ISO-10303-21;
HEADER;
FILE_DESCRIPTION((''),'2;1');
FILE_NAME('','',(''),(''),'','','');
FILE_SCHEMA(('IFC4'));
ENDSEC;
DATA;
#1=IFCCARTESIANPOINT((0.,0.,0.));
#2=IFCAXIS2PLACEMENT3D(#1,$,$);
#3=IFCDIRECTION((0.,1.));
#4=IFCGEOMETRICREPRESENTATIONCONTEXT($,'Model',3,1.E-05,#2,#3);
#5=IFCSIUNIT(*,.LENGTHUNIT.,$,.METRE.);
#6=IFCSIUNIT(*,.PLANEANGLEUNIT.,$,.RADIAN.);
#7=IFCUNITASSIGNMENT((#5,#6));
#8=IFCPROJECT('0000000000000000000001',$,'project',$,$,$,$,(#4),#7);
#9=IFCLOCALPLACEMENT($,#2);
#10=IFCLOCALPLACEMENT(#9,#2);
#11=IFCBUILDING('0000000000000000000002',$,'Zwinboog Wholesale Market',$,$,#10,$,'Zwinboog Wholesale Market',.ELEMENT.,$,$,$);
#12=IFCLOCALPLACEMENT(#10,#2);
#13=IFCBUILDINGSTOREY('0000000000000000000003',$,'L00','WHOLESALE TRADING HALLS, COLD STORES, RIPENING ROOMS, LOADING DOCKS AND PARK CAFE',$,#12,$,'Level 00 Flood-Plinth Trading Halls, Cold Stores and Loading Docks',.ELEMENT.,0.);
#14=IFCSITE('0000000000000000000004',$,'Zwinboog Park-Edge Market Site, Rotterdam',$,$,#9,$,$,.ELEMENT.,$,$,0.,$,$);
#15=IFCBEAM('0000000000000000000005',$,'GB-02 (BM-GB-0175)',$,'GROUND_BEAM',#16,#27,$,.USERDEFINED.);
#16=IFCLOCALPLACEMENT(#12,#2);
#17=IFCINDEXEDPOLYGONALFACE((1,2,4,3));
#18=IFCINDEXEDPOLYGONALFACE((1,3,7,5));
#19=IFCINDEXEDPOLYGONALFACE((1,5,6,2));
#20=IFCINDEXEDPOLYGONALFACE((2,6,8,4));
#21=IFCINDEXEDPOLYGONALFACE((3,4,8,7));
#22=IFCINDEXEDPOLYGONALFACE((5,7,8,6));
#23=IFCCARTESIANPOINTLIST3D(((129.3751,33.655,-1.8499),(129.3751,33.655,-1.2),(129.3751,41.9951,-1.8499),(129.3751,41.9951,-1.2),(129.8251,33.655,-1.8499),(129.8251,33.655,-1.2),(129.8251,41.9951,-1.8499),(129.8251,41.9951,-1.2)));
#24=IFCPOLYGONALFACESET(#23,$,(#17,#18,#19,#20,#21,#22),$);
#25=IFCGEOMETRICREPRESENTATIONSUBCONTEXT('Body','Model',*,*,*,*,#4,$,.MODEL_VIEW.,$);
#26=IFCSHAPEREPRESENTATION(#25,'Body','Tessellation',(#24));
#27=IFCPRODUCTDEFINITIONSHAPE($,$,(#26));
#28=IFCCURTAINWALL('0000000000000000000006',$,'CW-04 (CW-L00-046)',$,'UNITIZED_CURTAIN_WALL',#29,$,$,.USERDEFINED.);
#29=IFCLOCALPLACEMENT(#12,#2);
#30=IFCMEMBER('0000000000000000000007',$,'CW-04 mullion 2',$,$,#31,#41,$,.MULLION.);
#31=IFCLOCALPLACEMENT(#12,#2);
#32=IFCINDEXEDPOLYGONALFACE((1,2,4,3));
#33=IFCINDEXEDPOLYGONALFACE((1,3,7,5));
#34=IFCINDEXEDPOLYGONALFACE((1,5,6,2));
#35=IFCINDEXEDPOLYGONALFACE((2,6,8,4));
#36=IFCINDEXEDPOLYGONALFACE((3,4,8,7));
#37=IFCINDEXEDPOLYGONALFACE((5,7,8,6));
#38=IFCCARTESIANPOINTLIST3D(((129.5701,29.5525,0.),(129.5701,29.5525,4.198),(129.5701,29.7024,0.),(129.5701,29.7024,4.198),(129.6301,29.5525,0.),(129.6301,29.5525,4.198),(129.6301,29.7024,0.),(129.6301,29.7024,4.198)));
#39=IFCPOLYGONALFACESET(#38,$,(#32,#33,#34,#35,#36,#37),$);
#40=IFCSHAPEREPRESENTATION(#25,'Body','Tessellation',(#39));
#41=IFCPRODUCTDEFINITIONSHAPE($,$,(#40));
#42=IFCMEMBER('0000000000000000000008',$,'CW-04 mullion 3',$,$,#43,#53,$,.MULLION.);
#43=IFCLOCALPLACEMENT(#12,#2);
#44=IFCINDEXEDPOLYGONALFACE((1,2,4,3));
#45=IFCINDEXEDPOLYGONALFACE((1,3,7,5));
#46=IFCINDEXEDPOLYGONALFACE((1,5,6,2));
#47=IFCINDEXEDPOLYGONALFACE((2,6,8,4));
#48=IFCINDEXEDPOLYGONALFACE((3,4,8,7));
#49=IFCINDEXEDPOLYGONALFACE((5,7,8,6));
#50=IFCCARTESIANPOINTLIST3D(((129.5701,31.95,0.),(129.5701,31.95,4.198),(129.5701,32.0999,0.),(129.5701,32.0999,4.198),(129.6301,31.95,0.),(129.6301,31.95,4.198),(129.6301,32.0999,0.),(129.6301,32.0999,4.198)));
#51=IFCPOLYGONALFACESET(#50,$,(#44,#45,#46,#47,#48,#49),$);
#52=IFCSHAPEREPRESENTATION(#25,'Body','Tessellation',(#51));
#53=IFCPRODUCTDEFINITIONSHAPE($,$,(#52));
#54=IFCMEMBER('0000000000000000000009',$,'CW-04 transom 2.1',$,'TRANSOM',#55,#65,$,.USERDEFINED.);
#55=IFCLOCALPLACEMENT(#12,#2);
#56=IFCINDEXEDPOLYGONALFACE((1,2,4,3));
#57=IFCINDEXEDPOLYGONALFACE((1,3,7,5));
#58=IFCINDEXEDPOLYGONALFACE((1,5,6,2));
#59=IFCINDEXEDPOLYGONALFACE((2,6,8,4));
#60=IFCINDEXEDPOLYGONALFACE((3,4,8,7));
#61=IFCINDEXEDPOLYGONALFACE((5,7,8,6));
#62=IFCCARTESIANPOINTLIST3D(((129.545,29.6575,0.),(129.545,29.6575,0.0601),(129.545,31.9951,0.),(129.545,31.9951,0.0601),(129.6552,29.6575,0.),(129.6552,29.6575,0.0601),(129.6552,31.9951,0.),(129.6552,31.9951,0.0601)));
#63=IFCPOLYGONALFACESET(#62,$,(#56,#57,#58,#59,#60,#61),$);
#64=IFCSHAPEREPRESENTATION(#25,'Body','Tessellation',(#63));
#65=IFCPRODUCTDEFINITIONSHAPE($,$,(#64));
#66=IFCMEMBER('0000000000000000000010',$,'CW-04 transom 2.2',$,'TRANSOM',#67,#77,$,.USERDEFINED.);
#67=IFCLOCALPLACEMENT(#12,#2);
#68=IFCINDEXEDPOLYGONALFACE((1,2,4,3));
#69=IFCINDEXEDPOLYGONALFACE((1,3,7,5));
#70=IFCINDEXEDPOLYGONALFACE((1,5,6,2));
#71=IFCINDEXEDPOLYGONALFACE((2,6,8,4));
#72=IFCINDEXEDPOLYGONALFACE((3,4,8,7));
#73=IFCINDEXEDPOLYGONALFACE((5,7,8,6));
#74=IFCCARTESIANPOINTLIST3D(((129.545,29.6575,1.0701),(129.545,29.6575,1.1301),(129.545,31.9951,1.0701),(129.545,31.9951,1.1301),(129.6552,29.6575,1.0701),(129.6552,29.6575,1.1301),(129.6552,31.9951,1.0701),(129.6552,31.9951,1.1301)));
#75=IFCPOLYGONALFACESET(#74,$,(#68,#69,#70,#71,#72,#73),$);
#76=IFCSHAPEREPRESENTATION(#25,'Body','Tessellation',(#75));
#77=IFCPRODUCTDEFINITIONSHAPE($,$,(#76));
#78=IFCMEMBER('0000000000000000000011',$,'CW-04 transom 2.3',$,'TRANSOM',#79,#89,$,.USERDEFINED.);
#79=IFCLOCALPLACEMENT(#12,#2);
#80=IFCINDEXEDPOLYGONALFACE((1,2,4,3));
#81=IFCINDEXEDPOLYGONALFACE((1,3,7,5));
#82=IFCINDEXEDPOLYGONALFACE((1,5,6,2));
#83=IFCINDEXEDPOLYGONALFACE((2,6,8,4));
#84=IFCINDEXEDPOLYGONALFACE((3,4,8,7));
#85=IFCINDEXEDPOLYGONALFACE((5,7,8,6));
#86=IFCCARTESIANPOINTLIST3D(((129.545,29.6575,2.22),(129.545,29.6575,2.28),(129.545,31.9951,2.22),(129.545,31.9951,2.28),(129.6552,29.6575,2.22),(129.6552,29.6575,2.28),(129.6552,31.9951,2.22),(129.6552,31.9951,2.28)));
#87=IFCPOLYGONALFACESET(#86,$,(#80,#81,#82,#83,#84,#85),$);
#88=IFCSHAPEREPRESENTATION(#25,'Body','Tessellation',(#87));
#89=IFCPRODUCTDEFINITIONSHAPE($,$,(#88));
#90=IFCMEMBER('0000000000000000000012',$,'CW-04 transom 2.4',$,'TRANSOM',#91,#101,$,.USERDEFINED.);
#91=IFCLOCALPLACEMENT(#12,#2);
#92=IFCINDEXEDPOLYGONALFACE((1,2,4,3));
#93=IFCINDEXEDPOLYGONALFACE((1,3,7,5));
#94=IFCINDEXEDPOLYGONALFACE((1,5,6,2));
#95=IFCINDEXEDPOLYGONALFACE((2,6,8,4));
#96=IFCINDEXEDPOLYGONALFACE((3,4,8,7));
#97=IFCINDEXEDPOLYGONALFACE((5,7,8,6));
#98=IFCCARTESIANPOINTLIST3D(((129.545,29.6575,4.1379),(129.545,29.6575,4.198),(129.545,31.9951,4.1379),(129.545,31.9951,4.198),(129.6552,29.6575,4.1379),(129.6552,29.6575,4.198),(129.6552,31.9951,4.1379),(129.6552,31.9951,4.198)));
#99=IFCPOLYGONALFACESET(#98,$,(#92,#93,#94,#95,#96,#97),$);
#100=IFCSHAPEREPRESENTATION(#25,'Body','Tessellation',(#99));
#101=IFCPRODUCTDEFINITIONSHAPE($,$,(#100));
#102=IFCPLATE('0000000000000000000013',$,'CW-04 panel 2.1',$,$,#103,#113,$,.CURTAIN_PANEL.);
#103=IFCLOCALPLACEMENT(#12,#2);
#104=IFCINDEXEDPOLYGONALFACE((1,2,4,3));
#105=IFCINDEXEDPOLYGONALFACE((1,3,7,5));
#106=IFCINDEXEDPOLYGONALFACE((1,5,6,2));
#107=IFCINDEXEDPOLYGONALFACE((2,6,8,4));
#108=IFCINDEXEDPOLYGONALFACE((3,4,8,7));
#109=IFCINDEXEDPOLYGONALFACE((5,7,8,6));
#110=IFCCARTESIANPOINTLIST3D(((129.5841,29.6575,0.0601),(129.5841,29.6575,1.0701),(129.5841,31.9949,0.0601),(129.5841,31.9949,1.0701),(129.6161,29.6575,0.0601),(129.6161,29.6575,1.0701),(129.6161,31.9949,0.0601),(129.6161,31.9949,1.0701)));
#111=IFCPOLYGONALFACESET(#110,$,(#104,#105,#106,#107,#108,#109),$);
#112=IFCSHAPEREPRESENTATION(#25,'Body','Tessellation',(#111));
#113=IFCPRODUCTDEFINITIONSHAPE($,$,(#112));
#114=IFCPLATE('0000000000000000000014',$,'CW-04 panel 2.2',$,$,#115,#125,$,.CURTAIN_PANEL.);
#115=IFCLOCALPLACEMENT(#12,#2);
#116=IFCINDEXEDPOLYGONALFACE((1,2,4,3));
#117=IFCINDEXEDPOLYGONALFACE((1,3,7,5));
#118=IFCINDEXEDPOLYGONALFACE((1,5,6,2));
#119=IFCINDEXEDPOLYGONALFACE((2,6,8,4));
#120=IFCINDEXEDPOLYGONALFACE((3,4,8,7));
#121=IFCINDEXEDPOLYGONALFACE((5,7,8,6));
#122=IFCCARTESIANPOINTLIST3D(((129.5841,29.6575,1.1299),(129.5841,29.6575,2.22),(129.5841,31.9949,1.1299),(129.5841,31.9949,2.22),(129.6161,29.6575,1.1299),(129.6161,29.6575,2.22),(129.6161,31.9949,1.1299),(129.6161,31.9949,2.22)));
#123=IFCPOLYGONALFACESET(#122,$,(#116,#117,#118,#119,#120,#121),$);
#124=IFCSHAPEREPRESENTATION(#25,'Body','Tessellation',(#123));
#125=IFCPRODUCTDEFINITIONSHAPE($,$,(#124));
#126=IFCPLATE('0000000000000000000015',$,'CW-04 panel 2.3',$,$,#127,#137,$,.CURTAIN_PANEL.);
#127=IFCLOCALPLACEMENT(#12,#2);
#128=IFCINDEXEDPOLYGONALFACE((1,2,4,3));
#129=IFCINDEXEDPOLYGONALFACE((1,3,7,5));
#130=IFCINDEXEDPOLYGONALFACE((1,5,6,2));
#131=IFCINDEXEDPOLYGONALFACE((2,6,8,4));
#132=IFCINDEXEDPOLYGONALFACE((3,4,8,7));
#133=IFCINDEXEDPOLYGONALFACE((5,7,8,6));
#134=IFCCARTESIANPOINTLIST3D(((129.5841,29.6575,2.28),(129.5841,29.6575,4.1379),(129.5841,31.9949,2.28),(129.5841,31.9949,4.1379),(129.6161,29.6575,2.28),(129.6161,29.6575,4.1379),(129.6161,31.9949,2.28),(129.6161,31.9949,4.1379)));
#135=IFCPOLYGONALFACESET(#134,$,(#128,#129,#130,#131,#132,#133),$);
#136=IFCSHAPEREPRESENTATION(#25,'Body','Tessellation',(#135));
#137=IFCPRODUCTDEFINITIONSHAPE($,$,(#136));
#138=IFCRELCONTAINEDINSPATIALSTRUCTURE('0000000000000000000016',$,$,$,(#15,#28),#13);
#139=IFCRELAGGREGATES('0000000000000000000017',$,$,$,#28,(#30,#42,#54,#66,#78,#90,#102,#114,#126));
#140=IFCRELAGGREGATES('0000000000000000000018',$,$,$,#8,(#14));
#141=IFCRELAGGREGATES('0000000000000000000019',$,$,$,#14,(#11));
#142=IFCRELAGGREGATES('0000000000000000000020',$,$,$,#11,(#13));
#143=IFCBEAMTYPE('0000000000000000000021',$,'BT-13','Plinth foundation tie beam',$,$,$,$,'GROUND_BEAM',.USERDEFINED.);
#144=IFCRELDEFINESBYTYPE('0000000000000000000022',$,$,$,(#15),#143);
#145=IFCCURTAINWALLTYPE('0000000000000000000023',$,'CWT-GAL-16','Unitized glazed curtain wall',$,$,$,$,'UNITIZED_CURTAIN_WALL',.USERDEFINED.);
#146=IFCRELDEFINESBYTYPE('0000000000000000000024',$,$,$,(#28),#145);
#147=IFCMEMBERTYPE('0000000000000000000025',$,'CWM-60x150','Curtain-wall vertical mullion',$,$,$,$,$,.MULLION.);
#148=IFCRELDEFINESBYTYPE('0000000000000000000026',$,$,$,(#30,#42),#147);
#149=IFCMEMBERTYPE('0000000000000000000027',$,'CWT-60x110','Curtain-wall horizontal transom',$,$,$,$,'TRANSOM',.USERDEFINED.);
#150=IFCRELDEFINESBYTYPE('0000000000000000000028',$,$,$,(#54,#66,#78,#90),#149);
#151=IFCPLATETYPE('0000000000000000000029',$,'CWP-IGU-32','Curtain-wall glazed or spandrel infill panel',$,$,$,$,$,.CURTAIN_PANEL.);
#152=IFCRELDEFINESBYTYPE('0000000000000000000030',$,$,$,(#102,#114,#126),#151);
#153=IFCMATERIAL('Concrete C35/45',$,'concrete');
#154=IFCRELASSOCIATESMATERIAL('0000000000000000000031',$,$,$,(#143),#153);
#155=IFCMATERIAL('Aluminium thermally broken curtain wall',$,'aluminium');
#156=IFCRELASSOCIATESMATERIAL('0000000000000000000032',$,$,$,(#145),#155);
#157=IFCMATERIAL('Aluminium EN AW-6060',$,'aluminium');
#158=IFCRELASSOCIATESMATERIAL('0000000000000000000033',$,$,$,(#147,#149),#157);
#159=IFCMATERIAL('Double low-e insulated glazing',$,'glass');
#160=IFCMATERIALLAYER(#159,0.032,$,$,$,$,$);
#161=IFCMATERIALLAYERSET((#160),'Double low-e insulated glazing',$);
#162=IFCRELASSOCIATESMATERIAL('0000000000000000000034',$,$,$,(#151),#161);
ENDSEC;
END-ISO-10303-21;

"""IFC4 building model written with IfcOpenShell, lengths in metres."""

from ifc_helpers import new_model, si_unit, direction, frame, origin, origin_2d, place, context, subcontext, project, spatial, rectangle, extrude, material, layer, layer_set, material_profile, profile_set, type_object, element, aggregate, save


model = new_model("IFC4")

# Units and contexts
model_context = context("Model", 3, precision=1e-05, world=origin(), true_north=direction((0.0, 1.0)))
body_context = subcontext(model_context, "Body", "Model", "MODEL_VIEW")
ifc_project = project(units=[si_unit("LENGTHUNIT", "METRE"), si_unit("PLANEANGLEUNIT", "RADIAN")], contexts=[model_context])

# Site, building, storey
site_placement = place(None, origin())
site = spatial("IfcSite", under=ifc_project, at=site_placement, Name="Zwinboog Park-Edge Market Site, Rotterdam", CompositionType="ELEMENT", RefElevation=0.0)
building_placement = place(site_placement, origin())
building = spatial("IfcBuilding", under=site, at=building_placement, Name="Zwinboog Wholesale Market", LongName="Zwinboog Wholesale Market", CompositionType="ELEMENT")
storey_placement = place(building_placement, origin())
storey = spatial("IfcBuildingStorey", under=building, at=storey_placement, Name="L00", Description="WHOLESALE TRADING HALLS, COLD STORES, RIPENING ROOMS, LOADING DOCKS AND PARK CAFE", LongName="Level 00 Flood-Plinth Trading Halls, Cold Stores and Loading Docks", CompositionType="ELEMENT", Elevation=0.0)

# Shared definitions
ifc_material_1 = material(Name="Concrete C35/45", Category="concrete")

# Beam
ifc_material_profile_1 = material_profile(ifc_material_1, rectangle(XDim=0.45, YDim=0.6499, at=origin_2d()), Name="RC 450x650")
ifc_profile_set_1 = profile_set([ifc_material_profile_1], Name="Concrete C35/45")
beam_type_1 = type_object("IfcBeamType", Name="BT-13", Description="Plinth foundation tie beam", ElementType="GROUND_BEAM", PredefinedType="USERDEFINED", material=ifc_profile_set_1)
beam_1_placement = place(storey_placement, frame((129.6001, 33.655, -1.5249), z_axis=(0.0, 1.0, 0.0), x_axis=(-1.0, 0.0, 0.0)))
element("IfcBeam", 1, at=beam_1_placement, inside=storey, type_object=beam_type_1, Name="GB-02 (BM-GB-0175)", ObjectType="GROUND_BEAM", PredefinedType="USERDEFINED", context=body_context, shape_type="SweptSolid", body=[
    extrude(rectangle(XDim=0.45, YDim=0.6499, at=origin_2d()), origin(), (0.0, 0.0, 1.0), 8.3401),
])

# Curtain wall, members, plates
ifc_material_2 = material(Name="Aluminium thermally broken curtain wall", Category="aluminium")
curtain_wall_type = type_object("IfcCurtainWallType", Name="CWT-GAL-16", Description="Unitized glazed curtain wall", ElementType="UNITIZED_CURTAIN_WALL", PredefinedType="USERDEFINED", material=ifc_material_2)
curtain_wall_placement = place(storey_placement, origin())
curtain_wall = element("IfcCurtainWall", 2, at=curtain_wall_placement, inside=storey, type_object=curtain_wall_type, Name="CW-04 (CW-L00-046)", ObjectType="UNITIZED_CURTAIN_WALL", PredefinedType="USERDEFINED")
ifc_material_3 = material(Name="Aluminium EN AW-6060", Category="aluminium")
ifc_material_profile_2 = material_profile(ifc_material_3, rectangle(XDim=0.0601, YDim=0.1499, at=origin_2d()), Name="AL 60x150")
ifc_profile_set_2 = profile_set([ifc_material_profile_2], Name="Aluminium EN AW-6060")
member_type_1 = type_object("IfcMemberType", Name="CWM-60x150", Description="Curtain-wall vertical mullion", PredefinedType="MULLION", material=ifc_profile_set_2)
member_1_placement = place(storey_placement, frame((129.6001, 29.6274, 0.0), z_axis=(0.0, 0.0, 1.0), x_axis=(-1.0, 0.0, 0.0)))
member_1 = element("IfcMember", 3, at=member_1_placement, type_object=member_type_1, Name="CW-04 mullion 2", PredefinedType="MULLION", context=body_context, shape_type="SweptSolid", body=[
    extrude(rectangle(XDim=0.0601, YDim=0.1499, at=origin_2d()), origin(), (0.0, 0.0, 1.0), 4.198),
])
member_2_placement = place(storey_placement, frame((129.6001, 32.0249, 0.0), z_axis=(0.0, 0.0, 1.0), x_axis=(-1.0, 0.0, 0.0)))
member_2 = element("IfcMember", 4, at=member_2_placement, type_object=member_type_1, Name="CW-04 mullion 3", PredefinedType="MULLION", context=body_context, shape_type="SweptSolid", body=[
    extrude(rectangle(XDim=0.0601, YDim=0.1499, at=origin_2d()), origin(), (0.0, 0.0, 1.0), 4.198),
])
ifc_material_profile_3 = material_profile(ifc_material_3, rectangle(XDim=0.1101, YDim=0.0601, at=origin_2d()), Name="AL 60x110")
ifc_profile_set_3 = profile_set([ifc_material_profile_3], Name="Aluminium EN AW-6060")
member_type_2 = type_object("IfcMemberType", Name="CWT-60x110", Description="Curtain-wall horizontal transom", ElementType="TRANSOM", PredefinedType="USERDEFINED", material=ifc_profile_set_3)
member_3_placement = place(storey_placement, frame((129.6001, 29.6575, 0.03), z_axis=(0.0, 1.0, 0.0), x_axis=(-1.0, 0.0, 0.0)))
member_3 = element("IfcMember", 5, at=member_3_placement, type_object=member_type_2, Name="CW-04 transom 2.1", ObjectType="TRANSOM", PredefinedType="USERDEFINED", context=body_context, shape_type="SweptSolid", body=[
    extrude(rectangle(XDim=0.1101, YDim=0.0601, at=origin_2d()), origin(), (0.0, 0.0, 1.0), 2.3376),
])
member_4_placement = place(storey_placement, frame((129.6001, 29.6575, 1.1001), z_axis=(0.0, 1.0, 0.0), x_axis=(-1.0, 0.0, 0.0)))
member_4 = element("IfcMember", 6, at=member_4_placement, type_object=member_type_2, Name="CW-04 transom 2.2", ObjectType="TRANSOM", PredefinedType="USERDEFINED", context=body_context, shape_type="SweptSolid", body=[
    extrude(rectangle(XDim=0.1101, YDim=0.0601, at=origin_2d()), origin(), (0.0, 0.0, 1.0), 2.3376),
])
member_5_placement = place(storey_placement, frame((129.6001, 29.6575, 2.25), z_axis=(0.0, 1.0, 0.0), x_axis=(-1.0, 0.0, 0.0)))
member_5 = element("IfcMember", 7, at=member_5_placement, type_object=member_type_2, Name="CW-04 transom 2.3", ObjectType="TRANSOM", PredefinedType="USERDEFINED", context=body_context, shape_type="SweptSolid", body=[
    extrude(rectangle(XDim=0.1101, YDim=0.0601, at=origin_2d()), origin(), (0.0, 0.0, 1.0), 2.3376),
])
member_6_placement = place(storey_placement, frame((129.6001, 29.6575, 4.168), z_axis=(0.0, 1.0, 0.0), x_axis=(-1.0, 0.0, 0.0)))
member_6 = element("IfcMember", 8, at=member_6_placement, type_object=member_type_2, Name="CW-04 transom 2.4", ObjectType="TRANSOM", PredefinedType="USERDEFINED", context=body_context, shape_type="SweptSolid", body=[
    extrude(rectangle(XDim=0.1101, YDim=0.0601, at=origin_2d()), origin(), (0.0, 0.0, 1.0), 2.3376),
])
ifc_material_4 = material(Name="Double low-e insulated glazing", Category="glass")
ifc_layer_1 = layer(ifc_material_4, 0.032)
ifc_layer_set_1 = layer_set([ifc_layer_1], Name="Double low-e insulated glazing")
plate_type = type_object("IfcPlateType", Name="CWP-IGU-32", Description="Curtain-wall glazed or spandrel infill panel", PredefinedType="CURTAIN_PANEL", material=ifc_layer_set_1)
plate_1_placement = place(storey_placement, frame((129.6001, 30.8262, 0.0601), z_axis=(0.0, 0.0, 1.0), x_axis=(0.0, 1.0, 0.0)))
plate_1 = element("IfcPlate", 9, at=plate_1_placement, type_object=plate_type, Name="CW-04 panel 2.1", PredefinedType="CURTAIN_PANEL", context=body_context, shape_type="SweptSolid", body=[
    extrude(rectangle(XDim=2.3374, YDim=0.032, at=origin_2d()), origin(), (0.0, 0.0, 1.0), 1.01),
])
plate_2_placement = place(storey_placement, frame((129.6001, 30.8262, 1.1299), z_axis=(0.0, 0.0, 1.0), x_axis=(0.0, 1.0, 0.0)))
plate_2 = element("IfcPlate", 10, at=plate_2_placement, type_object=plate_type, Name="CW-04 panel 2.2", PredefinedType="CURTAIN_PANEL", context=body_context, shape_type="SweptSolid", body=[
    extrude(rectangle(XDim=2.3374, YDim=0.032, at=origin_2d()), origin(), (0.0, 0.0, 1.0), 1.0901),
])
plate_3_placement = place(storey_placement, frame((129.6001, 30.8262, 2.28), z_axis=(0.0, 0.0, 1.0), x_axis=(0.0, 1.0, 0.0)))
plate_3 = element("IfcPlate", 11, at=plate_3_placement, type_object=plate_type, Name="CW-04 panel 2.3", PredefinedType="CURTAIN_PANEL", context=body_context, shape_type="SweptSolid", body=[
    extrude(rectangle(XDim=2.3374, YDim=0.032, at=origin_2d()), origin(), (0.0, 0.0, 1.0), 1.8579),
])
aggregate(curtain_wall, [member_1, member_2, member_3, member_4, member_5, member_6, plate_1, plate_2, plate_3])

save(model, "model.ifc")
